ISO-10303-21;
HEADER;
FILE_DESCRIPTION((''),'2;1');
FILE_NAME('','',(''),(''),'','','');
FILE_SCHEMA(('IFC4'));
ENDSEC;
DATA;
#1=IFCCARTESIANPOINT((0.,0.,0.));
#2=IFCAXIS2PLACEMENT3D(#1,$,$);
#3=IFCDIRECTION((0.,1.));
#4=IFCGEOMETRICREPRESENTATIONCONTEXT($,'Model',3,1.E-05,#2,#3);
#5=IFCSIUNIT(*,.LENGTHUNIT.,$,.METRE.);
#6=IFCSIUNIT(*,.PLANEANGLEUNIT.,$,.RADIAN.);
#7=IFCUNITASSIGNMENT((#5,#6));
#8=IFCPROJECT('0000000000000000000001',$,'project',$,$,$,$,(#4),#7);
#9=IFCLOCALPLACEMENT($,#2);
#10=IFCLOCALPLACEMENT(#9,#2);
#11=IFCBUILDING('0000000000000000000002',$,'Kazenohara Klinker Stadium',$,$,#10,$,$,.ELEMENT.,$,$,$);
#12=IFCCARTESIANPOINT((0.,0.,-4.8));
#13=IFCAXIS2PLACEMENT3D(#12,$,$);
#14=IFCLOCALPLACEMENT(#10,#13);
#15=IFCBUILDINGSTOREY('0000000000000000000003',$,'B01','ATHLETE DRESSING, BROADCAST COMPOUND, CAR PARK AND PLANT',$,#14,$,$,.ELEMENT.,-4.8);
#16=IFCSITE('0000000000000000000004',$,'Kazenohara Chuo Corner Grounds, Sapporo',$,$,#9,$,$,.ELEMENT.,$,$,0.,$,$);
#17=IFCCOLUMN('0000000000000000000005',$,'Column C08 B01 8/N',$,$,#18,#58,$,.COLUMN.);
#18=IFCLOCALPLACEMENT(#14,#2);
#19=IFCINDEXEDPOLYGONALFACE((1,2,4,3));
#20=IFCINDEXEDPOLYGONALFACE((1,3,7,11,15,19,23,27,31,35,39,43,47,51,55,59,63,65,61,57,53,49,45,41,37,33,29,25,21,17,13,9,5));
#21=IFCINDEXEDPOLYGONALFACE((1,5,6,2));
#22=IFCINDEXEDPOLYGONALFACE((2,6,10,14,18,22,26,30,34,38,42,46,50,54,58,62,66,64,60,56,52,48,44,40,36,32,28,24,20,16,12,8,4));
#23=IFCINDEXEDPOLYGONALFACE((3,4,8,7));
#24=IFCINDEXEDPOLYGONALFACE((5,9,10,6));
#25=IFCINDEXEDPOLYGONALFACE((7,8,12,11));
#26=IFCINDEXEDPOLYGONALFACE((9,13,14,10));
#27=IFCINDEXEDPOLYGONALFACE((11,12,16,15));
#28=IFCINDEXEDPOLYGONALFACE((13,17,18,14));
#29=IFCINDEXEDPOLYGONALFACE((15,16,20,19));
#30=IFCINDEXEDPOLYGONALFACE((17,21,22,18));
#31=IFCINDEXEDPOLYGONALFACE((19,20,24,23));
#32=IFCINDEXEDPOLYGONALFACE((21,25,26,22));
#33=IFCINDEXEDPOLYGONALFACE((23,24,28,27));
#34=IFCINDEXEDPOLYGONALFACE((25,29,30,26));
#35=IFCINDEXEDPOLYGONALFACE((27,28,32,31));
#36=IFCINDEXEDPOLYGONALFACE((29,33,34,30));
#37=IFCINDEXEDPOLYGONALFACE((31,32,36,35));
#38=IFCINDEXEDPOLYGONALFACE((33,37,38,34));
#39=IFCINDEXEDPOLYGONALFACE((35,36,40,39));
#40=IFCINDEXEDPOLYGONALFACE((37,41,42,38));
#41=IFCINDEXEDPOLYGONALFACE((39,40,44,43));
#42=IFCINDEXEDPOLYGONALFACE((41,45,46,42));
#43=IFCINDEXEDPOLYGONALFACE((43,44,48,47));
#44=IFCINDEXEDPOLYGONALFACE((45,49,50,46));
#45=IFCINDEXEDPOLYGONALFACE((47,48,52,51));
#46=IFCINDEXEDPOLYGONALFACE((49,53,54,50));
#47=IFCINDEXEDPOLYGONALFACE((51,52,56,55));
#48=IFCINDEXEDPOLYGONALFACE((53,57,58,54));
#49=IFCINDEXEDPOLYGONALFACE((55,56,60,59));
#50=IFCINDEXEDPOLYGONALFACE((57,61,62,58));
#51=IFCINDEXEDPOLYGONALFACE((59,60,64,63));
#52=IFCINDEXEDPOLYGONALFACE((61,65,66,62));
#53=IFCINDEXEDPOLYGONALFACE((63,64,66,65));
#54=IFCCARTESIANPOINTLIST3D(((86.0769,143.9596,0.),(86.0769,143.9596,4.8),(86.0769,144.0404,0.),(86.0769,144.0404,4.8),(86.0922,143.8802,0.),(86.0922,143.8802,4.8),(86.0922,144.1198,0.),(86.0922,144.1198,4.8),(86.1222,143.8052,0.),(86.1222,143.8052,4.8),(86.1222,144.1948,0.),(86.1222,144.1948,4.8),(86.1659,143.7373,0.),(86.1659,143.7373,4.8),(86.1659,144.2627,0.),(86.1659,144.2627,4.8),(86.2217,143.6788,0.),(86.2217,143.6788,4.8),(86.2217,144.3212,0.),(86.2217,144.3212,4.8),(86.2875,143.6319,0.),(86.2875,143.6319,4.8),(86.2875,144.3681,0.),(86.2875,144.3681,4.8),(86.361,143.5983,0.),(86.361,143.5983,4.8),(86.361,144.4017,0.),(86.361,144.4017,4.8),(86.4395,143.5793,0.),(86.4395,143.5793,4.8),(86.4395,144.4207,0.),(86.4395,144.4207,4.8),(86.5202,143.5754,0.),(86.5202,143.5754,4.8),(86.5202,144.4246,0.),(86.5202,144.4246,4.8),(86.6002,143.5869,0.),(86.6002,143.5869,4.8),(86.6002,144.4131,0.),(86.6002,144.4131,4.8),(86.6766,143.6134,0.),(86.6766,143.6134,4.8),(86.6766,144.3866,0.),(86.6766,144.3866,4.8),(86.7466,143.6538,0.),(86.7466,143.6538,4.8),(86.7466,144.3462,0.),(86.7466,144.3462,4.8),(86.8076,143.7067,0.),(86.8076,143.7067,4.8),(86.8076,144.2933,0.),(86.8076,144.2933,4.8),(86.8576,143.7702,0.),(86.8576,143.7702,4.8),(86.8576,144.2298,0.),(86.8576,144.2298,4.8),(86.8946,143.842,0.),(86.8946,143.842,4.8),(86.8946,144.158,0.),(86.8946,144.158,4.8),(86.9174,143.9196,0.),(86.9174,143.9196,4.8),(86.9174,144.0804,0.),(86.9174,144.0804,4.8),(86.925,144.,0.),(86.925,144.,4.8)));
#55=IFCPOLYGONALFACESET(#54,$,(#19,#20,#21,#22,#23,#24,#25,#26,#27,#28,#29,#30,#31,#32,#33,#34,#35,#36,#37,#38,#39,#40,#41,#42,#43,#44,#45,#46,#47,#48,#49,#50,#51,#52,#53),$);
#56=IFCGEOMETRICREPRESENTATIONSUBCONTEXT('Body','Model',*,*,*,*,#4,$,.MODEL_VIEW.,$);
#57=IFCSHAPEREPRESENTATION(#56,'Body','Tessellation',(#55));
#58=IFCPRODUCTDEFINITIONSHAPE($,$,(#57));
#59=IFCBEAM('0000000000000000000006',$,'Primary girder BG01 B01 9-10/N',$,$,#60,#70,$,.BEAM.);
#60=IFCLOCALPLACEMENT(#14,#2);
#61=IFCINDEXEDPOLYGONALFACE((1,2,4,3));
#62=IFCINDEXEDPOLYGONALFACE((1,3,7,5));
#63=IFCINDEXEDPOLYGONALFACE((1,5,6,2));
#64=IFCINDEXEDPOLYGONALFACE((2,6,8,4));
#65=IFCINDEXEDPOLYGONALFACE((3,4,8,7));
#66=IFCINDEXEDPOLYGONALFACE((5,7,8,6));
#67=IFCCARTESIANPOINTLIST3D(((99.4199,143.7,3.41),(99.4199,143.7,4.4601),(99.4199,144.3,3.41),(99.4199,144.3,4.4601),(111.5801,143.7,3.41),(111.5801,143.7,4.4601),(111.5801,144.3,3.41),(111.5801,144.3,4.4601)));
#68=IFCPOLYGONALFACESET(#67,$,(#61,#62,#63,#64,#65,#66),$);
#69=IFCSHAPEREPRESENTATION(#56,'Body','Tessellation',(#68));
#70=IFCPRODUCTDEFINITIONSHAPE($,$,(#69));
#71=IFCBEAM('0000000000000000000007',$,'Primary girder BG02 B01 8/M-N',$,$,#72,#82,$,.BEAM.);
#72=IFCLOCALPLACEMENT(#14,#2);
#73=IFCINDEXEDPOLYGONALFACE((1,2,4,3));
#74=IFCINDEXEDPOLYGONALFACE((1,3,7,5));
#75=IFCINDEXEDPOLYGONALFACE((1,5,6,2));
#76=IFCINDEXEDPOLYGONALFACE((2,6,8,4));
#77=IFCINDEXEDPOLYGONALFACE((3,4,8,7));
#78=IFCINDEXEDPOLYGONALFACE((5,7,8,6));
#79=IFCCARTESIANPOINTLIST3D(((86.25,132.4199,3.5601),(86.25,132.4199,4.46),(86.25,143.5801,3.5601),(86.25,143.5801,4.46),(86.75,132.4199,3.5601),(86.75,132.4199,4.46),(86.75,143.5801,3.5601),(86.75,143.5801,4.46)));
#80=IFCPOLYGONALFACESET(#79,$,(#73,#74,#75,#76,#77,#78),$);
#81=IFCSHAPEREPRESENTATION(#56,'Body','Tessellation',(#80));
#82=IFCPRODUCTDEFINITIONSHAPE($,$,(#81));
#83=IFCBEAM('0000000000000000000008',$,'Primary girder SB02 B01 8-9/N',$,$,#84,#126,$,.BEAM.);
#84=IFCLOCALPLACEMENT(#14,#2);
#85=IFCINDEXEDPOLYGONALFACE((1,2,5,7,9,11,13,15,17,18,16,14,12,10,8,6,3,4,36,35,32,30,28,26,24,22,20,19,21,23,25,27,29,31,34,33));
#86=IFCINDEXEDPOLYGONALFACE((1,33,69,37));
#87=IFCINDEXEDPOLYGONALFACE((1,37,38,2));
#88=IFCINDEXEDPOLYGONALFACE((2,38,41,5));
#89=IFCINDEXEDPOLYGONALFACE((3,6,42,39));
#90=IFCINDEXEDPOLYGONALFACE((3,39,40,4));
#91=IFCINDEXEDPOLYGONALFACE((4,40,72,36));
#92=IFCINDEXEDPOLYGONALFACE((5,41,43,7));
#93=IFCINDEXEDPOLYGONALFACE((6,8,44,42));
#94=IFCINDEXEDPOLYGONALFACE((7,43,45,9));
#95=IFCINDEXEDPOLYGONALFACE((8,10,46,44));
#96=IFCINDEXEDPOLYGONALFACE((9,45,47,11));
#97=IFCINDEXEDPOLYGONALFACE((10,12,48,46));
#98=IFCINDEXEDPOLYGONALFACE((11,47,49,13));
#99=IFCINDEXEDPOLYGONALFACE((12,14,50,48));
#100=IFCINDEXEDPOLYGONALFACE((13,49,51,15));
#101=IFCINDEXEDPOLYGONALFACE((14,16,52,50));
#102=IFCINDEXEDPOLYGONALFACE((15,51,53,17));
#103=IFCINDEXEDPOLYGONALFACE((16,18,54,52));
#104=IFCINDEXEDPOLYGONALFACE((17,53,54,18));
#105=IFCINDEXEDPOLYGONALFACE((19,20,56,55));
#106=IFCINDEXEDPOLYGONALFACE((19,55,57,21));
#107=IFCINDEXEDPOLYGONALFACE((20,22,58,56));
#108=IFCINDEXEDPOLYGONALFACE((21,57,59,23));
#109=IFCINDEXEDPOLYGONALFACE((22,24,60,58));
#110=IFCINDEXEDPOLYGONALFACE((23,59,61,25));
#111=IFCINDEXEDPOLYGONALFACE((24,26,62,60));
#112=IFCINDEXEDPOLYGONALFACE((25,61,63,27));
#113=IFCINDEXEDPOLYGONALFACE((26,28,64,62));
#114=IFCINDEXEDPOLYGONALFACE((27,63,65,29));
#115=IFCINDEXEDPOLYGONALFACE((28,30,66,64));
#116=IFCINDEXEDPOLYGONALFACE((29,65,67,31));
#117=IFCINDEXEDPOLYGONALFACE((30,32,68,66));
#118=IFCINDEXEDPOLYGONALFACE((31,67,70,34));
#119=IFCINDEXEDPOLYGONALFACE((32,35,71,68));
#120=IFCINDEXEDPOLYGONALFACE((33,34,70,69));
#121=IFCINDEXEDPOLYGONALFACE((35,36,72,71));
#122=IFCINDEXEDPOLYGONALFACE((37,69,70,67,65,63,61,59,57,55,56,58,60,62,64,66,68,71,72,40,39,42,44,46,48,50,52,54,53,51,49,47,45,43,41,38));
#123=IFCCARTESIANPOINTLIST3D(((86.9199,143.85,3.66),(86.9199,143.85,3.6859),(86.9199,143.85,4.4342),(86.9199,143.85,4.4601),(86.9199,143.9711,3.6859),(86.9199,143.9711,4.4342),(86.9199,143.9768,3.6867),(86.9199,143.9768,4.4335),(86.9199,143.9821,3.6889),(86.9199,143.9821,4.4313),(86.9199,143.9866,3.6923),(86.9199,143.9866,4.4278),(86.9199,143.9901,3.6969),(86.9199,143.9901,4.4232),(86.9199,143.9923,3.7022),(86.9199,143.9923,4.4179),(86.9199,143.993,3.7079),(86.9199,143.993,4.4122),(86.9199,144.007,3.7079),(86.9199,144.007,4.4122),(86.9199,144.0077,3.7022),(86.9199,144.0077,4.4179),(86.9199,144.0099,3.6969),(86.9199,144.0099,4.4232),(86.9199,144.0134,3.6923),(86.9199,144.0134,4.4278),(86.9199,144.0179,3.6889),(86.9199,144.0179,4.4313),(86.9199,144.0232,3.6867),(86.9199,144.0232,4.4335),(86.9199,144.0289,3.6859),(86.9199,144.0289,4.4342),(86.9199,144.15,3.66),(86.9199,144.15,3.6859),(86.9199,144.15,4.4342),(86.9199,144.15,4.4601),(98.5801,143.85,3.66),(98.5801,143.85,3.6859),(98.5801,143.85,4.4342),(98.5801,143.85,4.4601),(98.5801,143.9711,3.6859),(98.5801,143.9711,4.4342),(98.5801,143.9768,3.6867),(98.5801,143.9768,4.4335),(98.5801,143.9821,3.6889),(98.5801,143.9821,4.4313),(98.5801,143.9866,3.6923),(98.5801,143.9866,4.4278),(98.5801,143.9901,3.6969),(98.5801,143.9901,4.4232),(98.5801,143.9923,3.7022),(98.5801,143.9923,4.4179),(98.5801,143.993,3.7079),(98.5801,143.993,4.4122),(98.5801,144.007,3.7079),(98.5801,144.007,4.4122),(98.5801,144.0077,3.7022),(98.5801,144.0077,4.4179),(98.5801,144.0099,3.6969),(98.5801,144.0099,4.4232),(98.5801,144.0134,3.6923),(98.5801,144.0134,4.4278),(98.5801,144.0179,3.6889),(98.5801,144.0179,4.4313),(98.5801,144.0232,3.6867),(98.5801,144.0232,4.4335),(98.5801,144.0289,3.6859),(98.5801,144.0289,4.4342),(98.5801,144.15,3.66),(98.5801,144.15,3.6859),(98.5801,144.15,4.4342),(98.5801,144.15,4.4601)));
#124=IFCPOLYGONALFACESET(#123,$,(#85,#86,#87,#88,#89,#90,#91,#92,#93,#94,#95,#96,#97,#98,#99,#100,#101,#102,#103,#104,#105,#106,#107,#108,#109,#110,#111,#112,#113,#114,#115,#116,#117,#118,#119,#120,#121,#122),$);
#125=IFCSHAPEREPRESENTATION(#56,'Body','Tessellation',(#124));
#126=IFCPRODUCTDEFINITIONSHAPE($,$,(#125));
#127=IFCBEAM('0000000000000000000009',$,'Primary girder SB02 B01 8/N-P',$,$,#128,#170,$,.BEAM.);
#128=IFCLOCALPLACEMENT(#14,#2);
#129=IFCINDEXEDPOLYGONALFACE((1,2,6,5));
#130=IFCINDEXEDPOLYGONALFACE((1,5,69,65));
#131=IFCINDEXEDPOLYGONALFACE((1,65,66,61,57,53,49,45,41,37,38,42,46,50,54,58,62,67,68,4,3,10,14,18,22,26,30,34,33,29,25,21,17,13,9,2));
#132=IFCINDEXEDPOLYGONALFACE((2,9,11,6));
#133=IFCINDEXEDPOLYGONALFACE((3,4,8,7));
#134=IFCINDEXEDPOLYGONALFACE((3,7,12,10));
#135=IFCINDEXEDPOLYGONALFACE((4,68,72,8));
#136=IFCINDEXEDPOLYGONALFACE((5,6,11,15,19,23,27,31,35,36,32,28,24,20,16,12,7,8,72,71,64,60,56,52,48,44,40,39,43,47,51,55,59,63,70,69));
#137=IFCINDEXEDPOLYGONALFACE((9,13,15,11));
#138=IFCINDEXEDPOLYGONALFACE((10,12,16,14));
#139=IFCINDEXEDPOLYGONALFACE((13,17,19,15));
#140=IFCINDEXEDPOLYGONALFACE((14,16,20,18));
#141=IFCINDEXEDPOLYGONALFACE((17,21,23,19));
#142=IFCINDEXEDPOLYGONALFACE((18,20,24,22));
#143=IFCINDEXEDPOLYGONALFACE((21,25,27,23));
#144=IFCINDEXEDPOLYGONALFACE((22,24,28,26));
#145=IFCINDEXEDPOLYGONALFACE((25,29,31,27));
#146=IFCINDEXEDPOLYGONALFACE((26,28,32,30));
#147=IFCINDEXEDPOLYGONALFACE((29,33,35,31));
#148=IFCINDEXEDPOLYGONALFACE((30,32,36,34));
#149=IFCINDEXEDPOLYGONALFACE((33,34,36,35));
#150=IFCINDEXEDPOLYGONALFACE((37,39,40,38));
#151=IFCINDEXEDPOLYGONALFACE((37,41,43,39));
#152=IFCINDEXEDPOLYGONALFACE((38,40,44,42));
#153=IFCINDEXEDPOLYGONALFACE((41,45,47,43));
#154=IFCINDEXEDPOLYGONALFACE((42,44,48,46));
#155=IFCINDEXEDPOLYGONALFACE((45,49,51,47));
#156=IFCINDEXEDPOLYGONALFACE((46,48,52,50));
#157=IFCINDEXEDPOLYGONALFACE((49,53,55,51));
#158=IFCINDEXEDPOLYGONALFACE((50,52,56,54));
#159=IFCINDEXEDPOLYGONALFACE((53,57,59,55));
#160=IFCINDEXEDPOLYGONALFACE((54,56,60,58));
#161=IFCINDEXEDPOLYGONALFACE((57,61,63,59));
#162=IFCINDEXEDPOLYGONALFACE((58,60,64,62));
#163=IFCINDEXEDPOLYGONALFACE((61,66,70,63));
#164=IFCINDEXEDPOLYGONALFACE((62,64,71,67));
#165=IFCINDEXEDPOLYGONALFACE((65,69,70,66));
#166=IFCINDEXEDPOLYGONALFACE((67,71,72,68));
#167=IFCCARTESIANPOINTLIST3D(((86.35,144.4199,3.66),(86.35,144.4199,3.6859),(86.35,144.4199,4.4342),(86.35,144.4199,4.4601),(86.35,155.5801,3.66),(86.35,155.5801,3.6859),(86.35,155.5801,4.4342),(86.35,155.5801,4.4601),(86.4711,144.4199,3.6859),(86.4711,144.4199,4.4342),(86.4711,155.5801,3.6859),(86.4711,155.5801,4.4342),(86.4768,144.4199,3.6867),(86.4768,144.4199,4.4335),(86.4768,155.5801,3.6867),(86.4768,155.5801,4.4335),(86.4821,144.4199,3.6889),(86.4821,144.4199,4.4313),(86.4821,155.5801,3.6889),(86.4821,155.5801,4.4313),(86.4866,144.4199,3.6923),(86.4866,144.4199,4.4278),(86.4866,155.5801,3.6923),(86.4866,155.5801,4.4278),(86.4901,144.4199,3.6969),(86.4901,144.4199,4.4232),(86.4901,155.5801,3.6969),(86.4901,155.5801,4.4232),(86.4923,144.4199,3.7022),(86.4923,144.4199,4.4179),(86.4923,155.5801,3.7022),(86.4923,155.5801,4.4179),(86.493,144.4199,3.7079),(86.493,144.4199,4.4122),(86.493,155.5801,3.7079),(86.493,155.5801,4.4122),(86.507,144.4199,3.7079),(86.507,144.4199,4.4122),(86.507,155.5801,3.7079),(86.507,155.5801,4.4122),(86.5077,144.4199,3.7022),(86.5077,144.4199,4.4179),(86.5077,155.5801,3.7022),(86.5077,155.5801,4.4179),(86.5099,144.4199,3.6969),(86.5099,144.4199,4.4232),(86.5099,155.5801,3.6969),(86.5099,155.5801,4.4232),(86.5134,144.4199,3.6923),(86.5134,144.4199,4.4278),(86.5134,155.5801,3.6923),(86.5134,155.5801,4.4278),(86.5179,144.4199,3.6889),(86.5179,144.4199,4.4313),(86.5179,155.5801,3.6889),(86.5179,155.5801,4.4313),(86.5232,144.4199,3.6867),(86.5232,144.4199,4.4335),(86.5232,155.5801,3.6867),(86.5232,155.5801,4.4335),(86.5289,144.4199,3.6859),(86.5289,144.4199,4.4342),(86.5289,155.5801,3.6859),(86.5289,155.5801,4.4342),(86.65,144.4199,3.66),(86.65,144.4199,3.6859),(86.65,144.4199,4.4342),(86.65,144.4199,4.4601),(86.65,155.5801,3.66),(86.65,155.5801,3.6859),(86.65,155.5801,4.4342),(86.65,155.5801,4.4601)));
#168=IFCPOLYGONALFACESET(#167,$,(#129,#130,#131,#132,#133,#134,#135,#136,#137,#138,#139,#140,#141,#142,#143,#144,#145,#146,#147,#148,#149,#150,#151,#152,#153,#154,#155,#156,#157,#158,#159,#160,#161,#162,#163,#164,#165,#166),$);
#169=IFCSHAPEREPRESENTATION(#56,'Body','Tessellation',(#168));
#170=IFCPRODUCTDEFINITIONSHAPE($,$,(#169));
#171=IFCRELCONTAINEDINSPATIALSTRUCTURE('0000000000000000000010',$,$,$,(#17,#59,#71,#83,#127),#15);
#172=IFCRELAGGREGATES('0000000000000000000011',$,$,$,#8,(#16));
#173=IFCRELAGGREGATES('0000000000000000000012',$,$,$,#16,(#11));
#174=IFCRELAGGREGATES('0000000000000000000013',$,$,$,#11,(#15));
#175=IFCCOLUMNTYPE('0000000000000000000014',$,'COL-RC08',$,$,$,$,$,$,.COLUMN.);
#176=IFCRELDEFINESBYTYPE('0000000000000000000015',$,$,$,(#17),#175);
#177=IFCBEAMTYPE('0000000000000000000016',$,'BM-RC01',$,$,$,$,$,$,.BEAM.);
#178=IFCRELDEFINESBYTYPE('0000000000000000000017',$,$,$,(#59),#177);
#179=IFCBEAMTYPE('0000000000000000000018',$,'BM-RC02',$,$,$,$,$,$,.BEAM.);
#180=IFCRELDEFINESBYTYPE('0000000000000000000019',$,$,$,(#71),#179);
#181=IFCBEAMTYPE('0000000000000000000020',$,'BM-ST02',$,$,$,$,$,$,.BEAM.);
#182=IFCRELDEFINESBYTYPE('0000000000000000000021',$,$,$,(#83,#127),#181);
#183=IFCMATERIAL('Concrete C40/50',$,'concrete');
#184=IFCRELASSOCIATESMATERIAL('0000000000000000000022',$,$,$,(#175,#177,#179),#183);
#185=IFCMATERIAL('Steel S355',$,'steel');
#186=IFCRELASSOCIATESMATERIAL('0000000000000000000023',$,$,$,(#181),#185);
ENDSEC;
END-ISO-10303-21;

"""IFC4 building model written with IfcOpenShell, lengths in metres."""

from ifc_helpers import new_model, si_unit, direction, frame, origin, origin_2d, place, context, subcontext, project, spatial, rectangle, circle, i_section, extrude, material, material_profile, profile_set, type_object, element, save


model = new_model("IFC4")

# Units and contexts
model_context = context("Model", 3, precision=1e-05, world=origin(), true_north=direction((0.0, 1.0)))
body_context = subcontext(model_context, "Body", "Model", "MODEL_VIEW")
ifc_project = project(units=[si_unit("LENGTHUNIT", "METRE"), si_unit("PLANEANGLEUNIT", "RADIAN")], contexts=[model_context])

# Site, building, storey
site_placement = place(None, origin())
site = spatial("IfcSite", under=ifc_project, at=site_placement, Name="Kazenohara Chuo Corner Grounds, Sapporo", CompositionType="ELEMENT", RefElevation=0.0)
building_placement = place(site_placement, origin())
building = spatial("IfcBuilding", under=site, at=building_placement, Name="Kazenohara Klinker Stadium", CompositionType="ELEMENT")
storey_placement = place(building_placement, frame((0.0, 0.0, -4.8)))
storey = spatial("IfcBuildingStorey", under=building, at=storey_placement, Name="B01", Description="ATHLETE DRESSING, BROADCAST COMPOUND, CAR PARK AND PLANT", CompositionType="ELEMENT", Elevation=-4.8)

# Column
ifc_material_1 = material(Name="Concrete C40/50", Category="concrete")
ifc_material_profile_1 = material_profile(ifc_material_1, circle(Radius=0.425, at=origin_2d()), Name="RC-COL-D850")
ifc_profile_set_1 = profile_set([ifc_material_profile_1], Name="Concrete C40/50")
column_type_1 = type_object("IfcColumnType", Name="COL-RC08", PredefinedType="COLUMN", material=ifc_profile_set_1)
column_1_placement = place(storey_placement, frame((86.5, 144.0, 0.0), z_axis=(0.0, 0.0, 1.0), x_axis=(1.0, 0.0, 0.0)))
element("IfcColumn", 1, at=column_1_placement, inside=storey, type_object=column_type_1, Name="Column C08 B01 8/N", PredefinedType="COLUMN", context=body_context, shape_type="SweptSolid", body=[
    extrude(circle(Radius=0.425, at=origin_2d()), origin(), (0.0, 0.0, 1.0), 4.8),
])

# Beams
ifc_material_profile_2 = material_profile(ifc_material_1, rectangle(XDim=0.6001, YDim=1.05, at=origin_2d()), Name="RC-BM-600x1050")
ifc_profile_set_2 = profile_set([ifc_material_profile_2], Name="Concrete C40/50")
beam_type_1 = type_object("IfcBeamType", Name="BM-RC01", PredefinedType="BEAM", material=ifc_profile_set_2)
beam_1_placement = place(storey_placement, frame((99.4199, 144.0, 3.9351), z_axis=(1.0, 0.0, 0.0), x_axis=(0.0, 1.0, 0.0)))
element("IfcBeam", 2, at=beam_1_placement, inside=storey, type_object=beam_type_1, Name="Primary girder BG01 B01 9-10/N", PredefinedType="BEAM", context=body_context, shape_type="SweptSolid", body=[
    extrude(rectangle(XDim=0.6001, YDim=1.05, at=origin_2d()), origin(), (0.0, 0.0, 1.0), 12.1602),
])
ifc_material_profile_3 = material_profile(ifc_material_1, rectangle(XDim=0.5, YDim=0.8999, at=origin_2d()), Name="RC-BM-500x900")
ifc_profile_set_3 = profile_set([ifc_material_profile_3], Name="Concrete C40/50")
beam_type_2 = type_object("IfcBeamType", Name="BM-RC02", PredefinedType="BEAM", material=ifc_profile_set_3)
beam_2_placement = place(storey_placement, frame((86.5, 132.4199, 4.01), z_axis=(0.0, 1.0, 0.0), x_axis=(-1.0, 0.0, 0.0)))
element("IfcBeam", 3, at=beam_2_placement, inside=storey, type_object=beam_type_2, Name="Primary girder BG02 B01 8/M-N", PredefinedType="BEAM", context=body_context, shape_type="SweptSolid", body=[
    extrude(rectangle(XDim=0.5, YDim=0.8999, at=origin_2d()), origin(), (0.0, 0.0, 1.0), 11.1602),
])
ifc_material_2 = material(Name="Steel S355", Category="steel")
ifc_material_profile_4 = material_profile(ifc_material_2, i_section(OverallWidth=0.3, OverallDepth=0.8, WebThickness=0.0139, FlangeThickness=0.0259, FilletRadius=0.022, at=origin_2d()), Name="H-800x300x14x26")
ifc_profile_set_4 = profile_set([ifc_material_profile_4], Name="Steel S355")
beam_type_3 = type_object("IfcBeamType", Name="BM-ST02", PredefinedType="BEAM", material=ifc_profile_set_4)
beam_3_placement = place(storey_placement, frame((86.9199, 144.0, 4.0601), z_axis=(1.0, 0.0, 0.0), x_axis=(0.0, 1.0, 0.0)))
element("IfcBeam", 4, at=beam_3_placement, inside=storey, type_object=beam_type_3, Name="Primary girder SB02 B01 8-9/N", PredefinedType="BEAM", context=body_context, shape_type="SweptSolid", body=[
    extrude(i_section(OverallWidth=0.3, OverallDepth=0.8, WebThickness=0.0139, FlangeThickness=0.0259, FilletRadius=0.022, at=origin_2d()), origin(), (0.0, 0.0, 1.0), 11.6602),
])
for number, where, z_axis, x_axis, name in (
    (5, (86.5, 144.4199, 4.0601), (0.0, 1.0, 0.0), (-1.0, 0.0, 0.0), "Primary girder SB02 B01 8/N-P"),
):
    element("IfcBeam", number, at=place(storey_placement, frame(where, z_axis=z_axis, x_axis=x_axis)), inside=storey, type_object=beam_type_3, Name=name, PredefinedType="BEAM", context=body_context, shape_type="SweptSolid", body=[
        extrude(i_section(OverallWidth=0.3, OverallDepth=0.8, WebThickness=0.0139, FlangeThickness=0.0259, FilletRadius=0.022, at=origin_2d()), origin(), (0.0, 0.0, 1.0), 11.1602),
    ])

save(model, "model.ifc")
